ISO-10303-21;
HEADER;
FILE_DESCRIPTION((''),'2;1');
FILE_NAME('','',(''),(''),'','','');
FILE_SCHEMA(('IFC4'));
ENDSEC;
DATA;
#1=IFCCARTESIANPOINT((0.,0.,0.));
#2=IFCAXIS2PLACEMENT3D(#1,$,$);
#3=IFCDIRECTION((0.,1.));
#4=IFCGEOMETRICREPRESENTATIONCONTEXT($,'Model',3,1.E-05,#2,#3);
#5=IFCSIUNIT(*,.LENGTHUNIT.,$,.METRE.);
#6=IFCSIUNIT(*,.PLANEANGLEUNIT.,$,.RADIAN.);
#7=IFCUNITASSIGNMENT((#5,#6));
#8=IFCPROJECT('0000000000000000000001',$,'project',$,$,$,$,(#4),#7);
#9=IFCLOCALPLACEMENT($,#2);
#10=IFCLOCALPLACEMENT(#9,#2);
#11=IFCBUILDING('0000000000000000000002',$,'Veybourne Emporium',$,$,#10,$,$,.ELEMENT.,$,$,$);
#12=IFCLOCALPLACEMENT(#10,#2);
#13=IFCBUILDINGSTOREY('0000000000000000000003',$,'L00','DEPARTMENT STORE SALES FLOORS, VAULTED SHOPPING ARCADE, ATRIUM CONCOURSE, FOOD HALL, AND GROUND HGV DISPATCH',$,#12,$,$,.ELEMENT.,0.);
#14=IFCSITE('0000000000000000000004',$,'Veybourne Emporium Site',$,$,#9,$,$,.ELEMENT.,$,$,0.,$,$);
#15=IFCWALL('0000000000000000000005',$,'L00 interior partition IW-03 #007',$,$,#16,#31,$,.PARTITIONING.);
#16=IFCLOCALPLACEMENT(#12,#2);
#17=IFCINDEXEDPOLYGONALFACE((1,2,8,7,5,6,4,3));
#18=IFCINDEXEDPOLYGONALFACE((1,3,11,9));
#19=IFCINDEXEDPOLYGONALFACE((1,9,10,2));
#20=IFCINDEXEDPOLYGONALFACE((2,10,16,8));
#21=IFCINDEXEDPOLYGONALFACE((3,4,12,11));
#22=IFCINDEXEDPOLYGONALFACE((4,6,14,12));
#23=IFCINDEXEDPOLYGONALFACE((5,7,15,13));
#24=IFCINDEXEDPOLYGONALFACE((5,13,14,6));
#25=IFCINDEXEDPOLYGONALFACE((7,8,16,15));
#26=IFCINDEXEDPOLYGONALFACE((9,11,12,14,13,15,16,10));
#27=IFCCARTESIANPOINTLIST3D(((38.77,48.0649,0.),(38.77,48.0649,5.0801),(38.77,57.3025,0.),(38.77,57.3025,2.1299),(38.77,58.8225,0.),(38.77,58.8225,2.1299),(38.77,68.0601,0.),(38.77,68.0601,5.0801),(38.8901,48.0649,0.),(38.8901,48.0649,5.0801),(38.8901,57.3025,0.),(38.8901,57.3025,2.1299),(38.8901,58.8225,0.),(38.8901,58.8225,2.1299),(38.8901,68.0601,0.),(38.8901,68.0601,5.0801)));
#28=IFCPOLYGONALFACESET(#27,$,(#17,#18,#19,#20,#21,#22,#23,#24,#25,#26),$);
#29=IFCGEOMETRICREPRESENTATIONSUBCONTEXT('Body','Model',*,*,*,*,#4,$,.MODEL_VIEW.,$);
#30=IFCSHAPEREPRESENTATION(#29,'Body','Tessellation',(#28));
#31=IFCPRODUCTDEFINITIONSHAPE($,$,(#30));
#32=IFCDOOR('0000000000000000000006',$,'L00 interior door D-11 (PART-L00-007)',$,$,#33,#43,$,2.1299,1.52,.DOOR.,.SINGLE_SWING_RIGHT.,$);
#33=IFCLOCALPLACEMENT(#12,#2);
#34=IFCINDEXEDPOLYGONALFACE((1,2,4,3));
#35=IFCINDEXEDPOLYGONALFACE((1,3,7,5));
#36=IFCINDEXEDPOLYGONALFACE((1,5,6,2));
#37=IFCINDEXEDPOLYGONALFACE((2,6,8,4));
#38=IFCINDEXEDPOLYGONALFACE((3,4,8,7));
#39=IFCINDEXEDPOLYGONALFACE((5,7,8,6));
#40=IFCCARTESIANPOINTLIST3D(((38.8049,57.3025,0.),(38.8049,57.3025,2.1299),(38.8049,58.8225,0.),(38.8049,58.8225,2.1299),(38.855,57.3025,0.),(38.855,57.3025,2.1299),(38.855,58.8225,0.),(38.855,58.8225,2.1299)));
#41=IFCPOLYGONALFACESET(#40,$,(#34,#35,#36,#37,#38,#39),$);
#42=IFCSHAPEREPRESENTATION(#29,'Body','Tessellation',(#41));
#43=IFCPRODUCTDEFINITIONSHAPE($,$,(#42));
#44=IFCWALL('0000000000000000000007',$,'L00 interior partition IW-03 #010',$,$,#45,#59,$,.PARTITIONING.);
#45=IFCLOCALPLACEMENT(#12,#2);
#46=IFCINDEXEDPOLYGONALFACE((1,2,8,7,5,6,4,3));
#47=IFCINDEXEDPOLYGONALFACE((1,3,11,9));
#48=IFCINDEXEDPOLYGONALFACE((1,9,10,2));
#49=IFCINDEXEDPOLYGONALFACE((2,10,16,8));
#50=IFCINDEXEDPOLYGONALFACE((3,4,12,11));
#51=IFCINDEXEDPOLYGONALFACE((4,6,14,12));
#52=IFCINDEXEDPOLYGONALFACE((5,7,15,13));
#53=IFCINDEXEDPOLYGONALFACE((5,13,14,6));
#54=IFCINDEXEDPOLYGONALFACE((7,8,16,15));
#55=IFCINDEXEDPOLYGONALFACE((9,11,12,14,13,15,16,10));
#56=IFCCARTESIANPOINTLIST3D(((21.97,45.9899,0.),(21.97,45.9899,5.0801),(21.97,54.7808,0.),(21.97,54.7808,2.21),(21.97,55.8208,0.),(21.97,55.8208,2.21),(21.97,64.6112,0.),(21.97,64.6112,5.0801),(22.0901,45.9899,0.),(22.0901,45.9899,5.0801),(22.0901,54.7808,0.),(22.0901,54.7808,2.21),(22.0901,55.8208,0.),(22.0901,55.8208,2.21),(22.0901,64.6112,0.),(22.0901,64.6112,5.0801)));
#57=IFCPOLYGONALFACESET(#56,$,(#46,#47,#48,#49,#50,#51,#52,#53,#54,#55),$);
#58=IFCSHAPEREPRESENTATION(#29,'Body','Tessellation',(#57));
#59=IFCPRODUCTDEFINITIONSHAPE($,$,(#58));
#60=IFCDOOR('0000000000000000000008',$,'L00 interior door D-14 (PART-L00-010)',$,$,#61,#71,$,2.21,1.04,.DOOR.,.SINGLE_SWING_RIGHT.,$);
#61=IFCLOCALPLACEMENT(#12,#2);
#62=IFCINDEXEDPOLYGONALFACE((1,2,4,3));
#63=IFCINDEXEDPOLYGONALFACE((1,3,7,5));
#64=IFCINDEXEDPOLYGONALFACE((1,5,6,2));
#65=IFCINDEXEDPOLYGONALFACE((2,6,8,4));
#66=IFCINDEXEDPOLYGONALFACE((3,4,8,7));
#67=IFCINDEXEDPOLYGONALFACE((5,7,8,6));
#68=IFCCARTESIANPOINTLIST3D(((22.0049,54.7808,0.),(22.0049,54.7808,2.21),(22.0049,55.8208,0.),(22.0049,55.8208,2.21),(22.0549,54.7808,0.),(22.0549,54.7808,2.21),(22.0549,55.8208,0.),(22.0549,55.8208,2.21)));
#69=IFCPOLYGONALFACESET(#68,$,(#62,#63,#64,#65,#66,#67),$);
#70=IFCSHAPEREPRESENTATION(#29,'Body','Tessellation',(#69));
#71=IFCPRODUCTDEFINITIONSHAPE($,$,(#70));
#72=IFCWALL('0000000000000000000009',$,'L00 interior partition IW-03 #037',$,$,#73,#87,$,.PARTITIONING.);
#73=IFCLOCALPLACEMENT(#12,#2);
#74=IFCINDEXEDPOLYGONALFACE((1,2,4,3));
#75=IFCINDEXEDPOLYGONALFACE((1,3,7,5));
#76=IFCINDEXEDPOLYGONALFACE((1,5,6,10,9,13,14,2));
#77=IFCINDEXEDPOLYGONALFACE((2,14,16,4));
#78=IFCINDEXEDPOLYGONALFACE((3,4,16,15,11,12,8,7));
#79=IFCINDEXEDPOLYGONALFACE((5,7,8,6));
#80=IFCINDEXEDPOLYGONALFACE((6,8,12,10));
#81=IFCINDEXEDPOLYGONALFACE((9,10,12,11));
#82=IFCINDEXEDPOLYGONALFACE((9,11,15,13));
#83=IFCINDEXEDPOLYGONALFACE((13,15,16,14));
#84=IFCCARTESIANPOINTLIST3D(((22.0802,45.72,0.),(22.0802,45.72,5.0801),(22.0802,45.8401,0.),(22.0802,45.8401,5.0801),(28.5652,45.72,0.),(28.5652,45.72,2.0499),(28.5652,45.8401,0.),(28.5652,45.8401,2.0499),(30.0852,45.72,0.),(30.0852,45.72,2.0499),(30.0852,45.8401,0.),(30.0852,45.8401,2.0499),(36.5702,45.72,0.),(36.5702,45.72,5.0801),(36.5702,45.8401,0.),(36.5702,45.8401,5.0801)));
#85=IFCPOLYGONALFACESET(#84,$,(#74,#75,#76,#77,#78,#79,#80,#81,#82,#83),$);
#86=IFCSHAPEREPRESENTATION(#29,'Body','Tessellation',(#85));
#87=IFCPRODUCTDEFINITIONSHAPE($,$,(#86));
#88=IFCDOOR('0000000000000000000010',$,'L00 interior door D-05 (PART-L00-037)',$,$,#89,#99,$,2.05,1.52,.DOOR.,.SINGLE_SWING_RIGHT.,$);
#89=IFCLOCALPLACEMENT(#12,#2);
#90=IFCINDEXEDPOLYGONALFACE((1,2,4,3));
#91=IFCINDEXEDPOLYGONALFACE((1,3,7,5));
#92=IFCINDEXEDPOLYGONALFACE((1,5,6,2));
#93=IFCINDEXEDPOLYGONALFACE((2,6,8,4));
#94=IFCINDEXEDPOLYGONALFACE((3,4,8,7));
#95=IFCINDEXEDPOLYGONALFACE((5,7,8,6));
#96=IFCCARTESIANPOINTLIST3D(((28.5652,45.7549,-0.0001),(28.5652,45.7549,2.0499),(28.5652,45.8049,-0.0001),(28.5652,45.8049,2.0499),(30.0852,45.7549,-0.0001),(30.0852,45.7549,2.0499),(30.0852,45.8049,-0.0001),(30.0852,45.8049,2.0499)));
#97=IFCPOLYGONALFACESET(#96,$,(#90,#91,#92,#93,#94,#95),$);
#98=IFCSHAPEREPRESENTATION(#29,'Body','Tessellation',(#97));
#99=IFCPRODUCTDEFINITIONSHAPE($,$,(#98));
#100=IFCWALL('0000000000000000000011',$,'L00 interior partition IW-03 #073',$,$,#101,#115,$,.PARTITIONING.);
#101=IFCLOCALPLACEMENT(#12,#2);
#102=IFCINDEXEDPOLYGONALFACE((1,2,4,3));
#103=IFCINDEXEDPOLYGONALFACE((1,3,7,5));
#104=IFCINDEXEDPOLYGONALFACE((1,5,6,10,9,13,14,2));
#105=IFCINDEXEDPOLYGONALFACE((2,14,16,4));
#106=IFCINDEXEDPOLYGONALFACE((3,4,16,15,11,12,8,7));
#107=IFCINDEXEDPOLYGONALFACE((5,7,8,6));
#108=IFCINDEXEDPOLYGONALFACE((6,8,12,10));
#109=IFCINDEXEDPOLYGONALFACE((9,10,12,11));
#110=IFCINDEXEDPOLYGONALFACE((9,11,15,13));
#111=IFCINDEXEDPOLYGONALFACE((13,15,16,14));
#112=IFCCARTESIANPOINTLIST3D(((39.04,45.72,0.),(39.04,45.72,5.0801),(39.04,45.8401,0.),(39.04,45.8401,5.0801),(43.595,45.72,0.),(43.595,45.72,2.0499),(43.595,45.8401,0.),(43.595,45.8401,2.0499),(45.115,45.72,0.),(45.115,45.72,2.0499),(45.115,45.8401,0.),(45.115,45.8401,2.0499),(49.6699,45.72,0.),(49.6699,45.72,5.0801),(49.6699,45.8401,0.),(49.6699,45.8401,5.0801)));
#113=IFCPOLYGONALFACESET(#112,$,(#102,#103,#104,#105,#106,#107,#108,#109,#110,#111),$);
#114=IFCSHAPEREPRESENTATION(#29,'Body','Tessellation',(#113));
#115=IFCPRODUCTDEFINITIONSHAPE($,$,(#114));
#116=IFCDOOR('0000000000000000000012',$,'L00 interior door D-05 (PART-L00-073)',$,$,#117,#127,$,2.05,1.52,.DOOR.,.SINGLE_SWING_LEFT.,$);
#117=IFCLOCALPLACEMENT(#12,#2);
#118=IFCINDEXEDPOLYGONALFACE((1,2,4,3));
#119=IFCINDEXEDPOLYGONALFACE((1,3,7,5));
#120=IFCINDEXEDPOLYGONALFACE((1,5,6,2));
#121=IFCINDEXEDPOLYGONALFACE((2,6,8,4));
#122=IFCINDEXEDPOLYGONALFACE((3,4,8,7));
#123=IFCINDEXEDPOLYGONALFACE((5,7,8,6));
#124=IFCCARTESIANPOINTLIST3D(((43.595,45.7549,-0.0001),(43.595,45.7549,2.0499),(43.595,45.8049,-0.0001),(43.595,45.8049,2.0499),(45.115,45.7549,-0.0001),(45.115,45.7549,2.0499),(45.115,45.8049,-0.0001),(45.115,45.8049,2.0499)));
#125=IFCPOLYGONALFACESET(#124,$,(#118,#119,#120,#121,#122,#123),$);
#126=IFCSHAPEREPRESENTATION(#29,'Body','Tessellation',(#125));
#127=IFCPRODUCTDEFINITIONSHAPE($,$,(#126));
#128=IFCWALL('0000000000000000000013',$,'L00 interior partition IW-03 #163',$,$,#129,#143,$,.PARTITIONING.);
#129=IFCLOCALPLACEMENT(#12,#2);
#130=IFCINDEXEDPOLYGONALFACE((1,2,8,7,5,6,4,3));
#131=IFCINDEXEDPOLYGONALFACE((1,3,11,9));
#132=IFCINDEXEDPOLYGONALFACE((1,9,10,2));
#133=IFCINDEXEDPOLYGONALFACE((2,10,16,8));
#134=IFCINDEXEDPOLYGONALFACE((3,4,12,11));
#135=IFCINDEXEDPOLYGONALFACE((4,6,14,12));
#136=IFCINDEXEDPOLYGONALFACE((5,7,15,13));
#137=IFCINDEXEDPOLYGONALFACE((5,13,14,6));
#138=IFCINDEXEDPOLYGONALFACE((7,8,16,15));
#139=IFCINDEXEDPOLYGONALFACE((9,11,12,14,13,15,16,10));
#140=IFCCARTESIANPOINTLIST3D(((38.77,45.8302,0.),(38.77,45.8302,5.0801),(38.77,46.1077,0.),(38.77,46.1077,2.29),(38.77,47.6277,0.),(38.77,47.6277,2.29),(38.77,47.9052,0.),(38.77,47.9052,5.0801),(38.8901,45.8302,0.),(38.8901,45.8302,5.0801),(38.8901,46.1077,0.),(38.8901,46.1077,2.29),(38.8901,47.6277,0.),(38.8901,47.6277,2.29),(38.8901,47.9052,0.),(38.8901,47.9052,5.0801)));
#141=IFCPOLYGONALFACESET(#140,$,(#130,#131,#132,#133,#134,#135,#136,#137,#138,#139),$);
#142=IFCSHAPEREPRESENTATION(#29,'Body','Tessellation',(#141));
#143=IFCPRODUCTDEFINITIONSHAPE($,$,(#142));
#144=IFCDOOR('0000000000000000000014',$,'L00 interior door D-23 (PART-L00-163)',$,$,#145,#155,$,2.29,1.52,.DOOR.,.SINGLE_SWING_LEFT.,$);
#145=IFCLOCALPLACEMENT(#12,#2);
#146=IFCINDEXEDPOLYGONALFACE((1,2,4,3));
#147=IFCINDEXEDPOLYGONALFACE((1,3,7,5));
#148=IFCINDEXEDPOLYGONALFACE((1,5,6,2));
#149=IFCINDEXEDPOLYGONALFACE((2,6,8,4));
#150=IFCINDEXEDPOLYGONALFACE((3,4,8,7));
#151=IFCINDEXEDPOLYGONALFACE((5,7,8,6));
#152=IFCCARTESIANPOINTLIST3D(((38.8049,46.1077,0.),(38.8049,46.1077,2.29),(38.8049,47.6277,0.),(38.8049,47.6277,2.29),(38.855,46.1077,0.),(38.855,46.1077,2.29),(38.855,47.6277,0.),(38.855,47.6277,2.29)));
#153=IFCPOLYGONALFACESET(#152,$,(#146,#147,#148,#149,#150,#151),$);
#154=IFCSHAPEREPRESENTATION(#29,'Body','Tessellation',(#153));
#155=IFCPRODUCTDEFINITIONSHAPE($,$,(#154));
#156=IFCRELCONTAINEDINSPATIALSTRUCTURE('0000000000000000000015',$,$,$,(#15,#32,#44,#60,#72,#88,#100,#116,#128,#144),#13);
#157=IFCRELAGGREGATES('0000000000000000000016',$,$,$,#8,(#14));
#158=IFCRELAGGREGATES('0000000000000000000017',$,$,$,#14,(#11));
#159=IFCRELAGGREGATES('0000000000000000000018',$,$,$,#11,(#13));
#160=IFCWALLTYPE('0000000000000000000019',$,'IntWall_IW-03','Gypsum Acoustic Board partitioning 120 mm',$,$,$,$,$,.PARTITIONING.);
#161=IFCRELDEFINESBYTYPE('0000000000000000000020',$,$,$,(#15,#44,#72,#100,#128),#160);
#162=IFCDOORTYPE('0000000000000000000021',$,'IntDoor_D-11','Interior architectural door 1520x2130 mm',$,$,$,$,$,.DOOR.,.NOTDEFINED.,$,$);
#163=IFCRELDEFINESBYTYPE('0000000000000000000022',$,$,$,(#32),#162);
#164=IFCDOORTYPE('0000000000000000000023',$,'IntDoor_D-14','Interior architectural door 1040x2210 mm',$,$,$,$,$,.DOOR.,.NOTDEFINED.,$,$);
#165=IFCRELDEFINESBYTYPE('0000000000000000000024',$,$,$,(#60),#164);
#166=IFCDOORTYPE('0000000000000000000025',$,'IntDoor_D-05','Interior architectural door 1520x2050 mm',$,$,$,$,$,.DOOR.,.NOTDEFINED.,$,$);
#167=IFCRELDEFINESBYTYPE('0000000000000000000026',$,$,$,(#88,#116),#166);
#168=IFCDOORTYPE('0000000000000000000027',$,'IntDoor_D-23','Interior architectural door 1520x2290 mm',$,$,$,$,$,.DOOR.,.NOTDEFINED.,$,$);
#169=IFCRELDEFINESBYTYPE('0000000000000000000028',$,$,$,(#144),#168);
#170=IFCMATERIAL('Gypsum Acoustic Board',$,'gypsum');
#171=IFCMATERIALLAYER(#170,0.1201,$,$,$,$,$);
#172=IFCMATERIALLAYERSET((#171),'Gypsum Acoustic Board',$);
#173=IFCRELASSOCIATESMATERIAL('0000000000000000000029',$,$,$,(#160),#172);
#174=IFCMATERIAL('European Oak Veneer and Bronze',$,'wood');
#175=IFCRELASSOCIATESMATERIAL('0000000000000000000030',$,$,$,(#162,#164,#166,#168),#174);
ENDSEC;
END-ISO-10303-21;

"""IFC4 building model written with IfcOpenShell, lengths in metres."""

from ifc_helpers import new_model, si_unit, direction, frame, frame_2d, origin, place, context, subcontext, project, spatial, rectangle, extrude, material, layer, layer_set, type_object, element, fill, save


model = new_model("IFC4")

# Units and contexts
model_context = context("Model", 3, precision=1e-05, world=origin(), true_north=direction((0.0, 1.0)))
body_context = subcontext(model_context, "Body", "Model", "MODEL_VIEW")
ifc_project = project(units=[si_unit("LENGTHUNIT", "METRE"), si_unit("PLANEANGLEUNIT", "RADIAN")], contexts=[model_context])

# Site, building, storey
site_placement = place(None, origin())
site = spatial("IfcSite", under=ifc_project, at=site_placement, Name="Veybourne Emporium Site", CompositionType="ELEMENT", RefElevation=0.0)
building_placement = place(site_placement, origin())
building = spatial("IfcBuilding", under=site, at=building_placement, Name="Veybourne Emporium", CompositionType="ELEMENT")
storey_placement = place(building_placement, origin())
storey = spatial("IfcBuildingStorey", under=building, at=storey_placement, Name="L00", Description="DEPARTMENT STORE SALES FLOORS, VAULTED SHOPPING ARCADE, ATRIUM CONCOURSE, FOOD HALL, AND GROUND HGV DISPATCH", CompositionType="ELEMENT", Elevation=0.0)

# Shared definitions
ifc_material_1 = material(Name="Gypsum Acoustic Board", Category="gypsum")
ifc_material_2 = material(Name="European Oak Veneer and Bronze", Category="wood")

# Walls, openings, doors
ifc_layer_1 = layer(ifc_material_1, 0.1201)
ifc_layer_set_1 = layer_set([ifc_layer_1], Name="Gypsum Acoustic Board")
wall_type_1 = type_object("IfcWallType", Name="IntWall_IW-03", Description="Gypsum Acoustic Board partitioning 120 mm", PredefinedType="PARTITIONING", material=ifc_layer_set_1)
wall_1_placement = place(storey_placement, frame((38.8301, 48.0649, 0.0), z_axis=(0.0, 0.0, 1.0), x_axis=(0.0, 1.0, 0.0)))
wall_1 = element("IfcWall", 1, at=wall_1_placement, inside=storey, type_object=wall_type_1, Name="L00 interior partition IW-03 #007", PredefinedType="PARTITIONING", context=body_context, shape_type="SweptSolid", body=[
    extrude(rectangle(XDim=19.9951, YDim=0.1201, at=frame_2d((9.9976, 0.0))), origin(), (0.0, 0.0, 1.0), 5.0801),
])
opening_1_placement = place(wall_1_placement, frame((9.2375, 0.0, 0.0)))
opening_1 = element("IfcOpeningElement", 2, at=opening_1_placement, cuts=wall_1, PredefinedType="OPENING", context=body_context, shape_type="SweptSolid", body=[
    extrude(rectangle(XDim=1.52, YDim=2.1299, at=frame_2d((0.76, 1.0649))), frame((0.0, 0.0801, 0.0), z_axis=(0.0, -1.0, 0.0), x_axis=(1.0, 0.0, 0.0)), (0.0, 0.0, 1.0), 0.1602),
])
door_type_1 = type_object("IfcDoorType", Name="IntDoor_D-11", Description="Interior architectural door 1520x2130 mm", OperationType="NOTDEFINED", PredefinedType="DOOR", material=ifc_material_2)
door_1_placement = place(opening_1_placement, frame((1.52, 0.0, 0.0), z_axis=(0.0, 0.0, 1.0), x_axis=(-1.0, 0.0, 0.0)))
door_1 = element("IfcDoor", 3, at=door_1_placement, inside=storey, type_object=door_type_1, Name="L00 interior door D-11 (PART-L00-007)", OperationType="SINGLE_SWING_RIGHT", OverallHeight=2.1299, OverallWidth=1.52, PredefinedType="DOOR", context=body_context, shape_type="SweptSolid", body=[
    extrude(rectangle(XDim=1.52, YDim=2.1299, at=frame_2d((0.76, 1.0649))), frame((0.0, 0.0249, 0.0), z_axis=(0.0, -1.0, 0.0), x_axis=(1.0, 0.0, 0.0)), (0.0, 0.0, 1.0), 0.05),
])
fill(opening_1, door_1)
wall_2_placement = place(storey_placement, frame((22.03, 45.99, 0.0), z_axis=(0.0, 0.0, 1.0), x_axis=(0.0, 1.0, 0.0)))
wall_2 = element("IfcWall", 4, at=wall_2_placement, inside=storey, type_object=wall_type_1, Name="L00 interior partition IW-03 #010", PredefinedType="PARTITIONING", context=body_context, shape_type="SweptSolid", body=[
    extrude(rectangle(XDim=18.6213, YDim=0.1201, at=frame_2d((9.3105, 0.0))), origin(), (0.0, 0.0, 1.0), 5.0801),
])
opening_2_placement = place(wall_2_placement, frame((8.7908, 0.0, 0.0)))
opening_2 = element("IfcOpeningElement", 5, at=opening_2_placement, cuts=wall_2, PredefinedType="OPENING", context=body_context, shape_type="SweptSolid", body=[
    extrude(rectangle(XDim=1.04, YDim=2.21, at=frame_2d((0.52, 1.105))), frame((0.0, 0.0801, 0.0), z_axis=(0.0, -1.0, 0.0), x_axis=(1.0, 0.0, 0.0)), (0.0, 0.0, 1.0), 0.1602),
])
door_type_2 = type_object("IfcDoorType", Name="IntDoor_D-14", Description="Interior architectural door 1040x2210 mm", OperationType="NOTDEFINED", PredefinedType="DOOR", material=ifc_material_2)
door_2_placement = place(opening_2_placement, frame((1.04, 0.0, 0.0), z_axis=(0.0, 0.0, 1.0), x_axis=(-1.0, 0.0, 0.0)))
door_2 = element("IfcDoor", 6, at=door_2_placement, inside=storey, type_object=door_type_2, Name="L00 interior door D-14 (PART-L00-010)", OperationType="SINGLE_SWING_RIGHT", OverallHeight=2.21, OverallWidth=1.04, PredefinedType="DOOR", context=body_context, shape_type="SweptSolid", body=[
    extrude(rectangle(XDim=1.04, YDim=2.21, at=frame_2d((0.52, 1.105))), frame((0.0, 0.0249, 0.0), z_axis=(0.0, -1.0, 0.0), x_axis=(1.0, 0.0, 0.0)), (0.0, 0.0, 1.0), 0.05),
])
fill(opening_2, door_2)
wall_3_placement = place(storey_placement, frame((22.0801, 45.78, 0.0), z_axis=(0.0, 0.0, 1.0), x_axis=(1.0, 0.0, 0.0)))
wall_3 = element("IfcWall", 7, at=wall_3_placement, inside=storey, type_object=wall_type_1, Name="L00 interior partition IW-03 #037", PredefinedType="PARTITIONING", context=body_context, shape_type="SweptSolid", body=[
    extrude(rectangle(XDim=14.49, YDim=0.1201, at=frame_2d((7.2451, 0.0))), origin(), (0.0, 0.0, 1.0), 5.0801),
])
opening_3_placement = place(wall_3_placement, frame((6.4851, 0.0, 0.0)))
opening_3 = element("IfcOpeningElement", 8, at=opening_3_placement, cuts=wall_3, PredefinedType="OPENING", context=body_context, shape_type="SweptSolid", body=[
    extrude(rectangle(XDim=1.52, YDim=2.05, at=frame_2d((0.76, 1.0249))), frame((0.0, 0.0801, 0.0), z_axis=(0.0, -1.0, 0.0), x_axis=(1.0, 0.0, 0.0)), (0.0, 0.0, 1.0), 0.1602),
])
door_type_3 = type_object("IfcDoorType", Name="IntDoor_D-05", Description="Interior architectural door 1520x2050 mm", OperationType="NOTDEFINED", PredefinedType="DOOR", material=ifc_material_2)
door_3_placement = place(opening_3_placement, origin())
door_3 = element("IfcDoor", 9, at=door_3_placement, inside=storey, type_object=door_type_3, Name="L00 interior door D-05 (PART-L00-037)", OperationType="SINGLE_SWING_RIGHT", OverallHeight=2.05, OverallWidth=1.52, PredefinedType="DOOR", context=body_context, shape_type="SweptSolid", body=[
    extrude(rectangle(XDim=1.52, YDim=2.05, at=frame_2d((0.76, 1.0249))), frame((0.0, 0.0249, 0.0), z_axis=(0.0, -1.0, 0.0), x_axis=(1.0, 0.0, 0.0)), (0.0, 0.0, 1.0), 0.05),
])
fill(opening_3, door_3)
wall_4_placement = place(storey_placement, frame((39.04, 45.78, 0.0), z_axis=(0.0, 0.0, 1.0), x_axis=(1.0, 0.0, 0.0)))
wall_4 = element("IfcWall", 10, at=wall_4_placement, inside=storey, type_object=wall_type_1, Name="L00 interior partition IW-03 #073", PredefinedType="PARTITIONING", context=body_context, shape_type="SweptSolid", body=[
    extrude(rectangle(XDim=10.6299, YDim=0.1201, at=frame_2d((5.3149, 0.0))), origin(), (0.0, 0.0, 1.0), 5.0801),
])
opening_4_placement = place(wall_4_placement, frame((4.5549, 0.0, 0.0)))
opening_4 = element("IfcOpeningElement", 11, at=opening_4_placement, cuts=wall_4, PredefinedType="OPENING", context=body_context, shape_type="SweptSolid", body=[
    extrude(rectangle(XDim=1.52, YDim=2.05, at=frame_2d((0.76, 1.0249))), frame((0.0, 0.0801, 0.0), z_axis=(0.0, -1.0, 0.0), x_axis=(1.0, 0.0, 0.0)), (0.0, 0.0, 1.0), 0.1602),
])
door_4_placement = place(opening_4_placement, origin())
door_4 = element("IfcDoor", 12, at=door_4_placement, inside=storey, type_object=door_type_3, Name="L00 interior door D-05 (PART-L00-073)", OperationType="SINGLE_SWING_LEFT", OverallHeight=2.05, OverallWidth=1.52, PredefinedType="DOOR", context=body_context, shape_type="SweptSolid", body=[
    extrude(rectangle(XDim=1.52, YDim=2.05, at=frame_2d((0.76, 1.0249))), frame((0.0, 0.0249, 0.0), z_axis=(0.0, -1.0, 0.0), x_axis=(1.0, 0.0, 0.0)), (0.0, 0.0, 1.0), 0.05),
])
fill(opening_4, door_4)
wall_5_placement = place(storey_placement, frame((38.8301, 45.8301, 0.0), z_axis=(0.0, 0.0, 1.0), x_axis=(0.0, 1.0, 0.0)))
wall_5 = element("IfcWall", 13, at=wall_5_placement, inside=storey, type_object=wall_type_1, Name="L00 interior partition IW-03 #163", PredefinedType="PARTITIONING", context=body_context, shape_type="SweptSolid", body=[
    extrude(rectangle(XDim=2.075, YDim=0.1201, at=frame_2d((1.0376, 0.0))), origin(), (0.0, 0.0, 1.0), 5.0801),
])
opening_5_placement = place(wall_5_placement, frame((0.2776, 0.0, 0.0)))
opening_5 = element("IfcOpeningElement", 14, at=opening_5_placement, cuts=wall_5, PredefinedType="OPENING", context=body_context, shape_type="SweptSolid", body=[
    extrude(rectangle(XDim=1.52, YDim=2.29, at=frame_2d((0.76, 1.145))), frame((0.0, 0.0801, 0.0), z_axis=(0.0, -1.0, 0.0), x_axis=(1.0, 0.0, 0.0)), (0.0, 0.0, 1.0), 0.1602),
])
door_type_4 = type_object("IfcDoorType", Name="IntDoor_D-23", Description="Interior architectural door 1520x2290 mm", OperationType="NOTDEFINED", PredefinedType="DOOR", material=ifc_material_2)
door_5_placement = place(opening_5_placement, frame((1.52, 0.0, 0.0), z_axis=(0.0, 0.0, 1.0), x_axis=(-1.0, 0.0, 0.0)))
door_5 = element("IfcDoor", 15, at=door_5_placement, inside=storey, type_object=door_type_4, Name="L00 interior door D-23 (PART-L00-163)", OperationType="SINGLE_SWING_LEFT", OverallHeight=2.29, OverallWidth=1.52, PredefinedType="DOOR", context=body_context, shape_type="SweptSolid", body=[
    extrude(rectangle(XDim=1.52, YDim=2.29, at=frame_2d((0.76, 1.145))), frame((0.0, 0.0249, 0.0), z_axis=(0.0, -1.0, 0.0), x_axis=(1.0, 0.0, 0.0)), (0.0, 0.0, 1.0), 0.05),
])
fill(opening_5, door_5)

save(model, "model.ifc")
